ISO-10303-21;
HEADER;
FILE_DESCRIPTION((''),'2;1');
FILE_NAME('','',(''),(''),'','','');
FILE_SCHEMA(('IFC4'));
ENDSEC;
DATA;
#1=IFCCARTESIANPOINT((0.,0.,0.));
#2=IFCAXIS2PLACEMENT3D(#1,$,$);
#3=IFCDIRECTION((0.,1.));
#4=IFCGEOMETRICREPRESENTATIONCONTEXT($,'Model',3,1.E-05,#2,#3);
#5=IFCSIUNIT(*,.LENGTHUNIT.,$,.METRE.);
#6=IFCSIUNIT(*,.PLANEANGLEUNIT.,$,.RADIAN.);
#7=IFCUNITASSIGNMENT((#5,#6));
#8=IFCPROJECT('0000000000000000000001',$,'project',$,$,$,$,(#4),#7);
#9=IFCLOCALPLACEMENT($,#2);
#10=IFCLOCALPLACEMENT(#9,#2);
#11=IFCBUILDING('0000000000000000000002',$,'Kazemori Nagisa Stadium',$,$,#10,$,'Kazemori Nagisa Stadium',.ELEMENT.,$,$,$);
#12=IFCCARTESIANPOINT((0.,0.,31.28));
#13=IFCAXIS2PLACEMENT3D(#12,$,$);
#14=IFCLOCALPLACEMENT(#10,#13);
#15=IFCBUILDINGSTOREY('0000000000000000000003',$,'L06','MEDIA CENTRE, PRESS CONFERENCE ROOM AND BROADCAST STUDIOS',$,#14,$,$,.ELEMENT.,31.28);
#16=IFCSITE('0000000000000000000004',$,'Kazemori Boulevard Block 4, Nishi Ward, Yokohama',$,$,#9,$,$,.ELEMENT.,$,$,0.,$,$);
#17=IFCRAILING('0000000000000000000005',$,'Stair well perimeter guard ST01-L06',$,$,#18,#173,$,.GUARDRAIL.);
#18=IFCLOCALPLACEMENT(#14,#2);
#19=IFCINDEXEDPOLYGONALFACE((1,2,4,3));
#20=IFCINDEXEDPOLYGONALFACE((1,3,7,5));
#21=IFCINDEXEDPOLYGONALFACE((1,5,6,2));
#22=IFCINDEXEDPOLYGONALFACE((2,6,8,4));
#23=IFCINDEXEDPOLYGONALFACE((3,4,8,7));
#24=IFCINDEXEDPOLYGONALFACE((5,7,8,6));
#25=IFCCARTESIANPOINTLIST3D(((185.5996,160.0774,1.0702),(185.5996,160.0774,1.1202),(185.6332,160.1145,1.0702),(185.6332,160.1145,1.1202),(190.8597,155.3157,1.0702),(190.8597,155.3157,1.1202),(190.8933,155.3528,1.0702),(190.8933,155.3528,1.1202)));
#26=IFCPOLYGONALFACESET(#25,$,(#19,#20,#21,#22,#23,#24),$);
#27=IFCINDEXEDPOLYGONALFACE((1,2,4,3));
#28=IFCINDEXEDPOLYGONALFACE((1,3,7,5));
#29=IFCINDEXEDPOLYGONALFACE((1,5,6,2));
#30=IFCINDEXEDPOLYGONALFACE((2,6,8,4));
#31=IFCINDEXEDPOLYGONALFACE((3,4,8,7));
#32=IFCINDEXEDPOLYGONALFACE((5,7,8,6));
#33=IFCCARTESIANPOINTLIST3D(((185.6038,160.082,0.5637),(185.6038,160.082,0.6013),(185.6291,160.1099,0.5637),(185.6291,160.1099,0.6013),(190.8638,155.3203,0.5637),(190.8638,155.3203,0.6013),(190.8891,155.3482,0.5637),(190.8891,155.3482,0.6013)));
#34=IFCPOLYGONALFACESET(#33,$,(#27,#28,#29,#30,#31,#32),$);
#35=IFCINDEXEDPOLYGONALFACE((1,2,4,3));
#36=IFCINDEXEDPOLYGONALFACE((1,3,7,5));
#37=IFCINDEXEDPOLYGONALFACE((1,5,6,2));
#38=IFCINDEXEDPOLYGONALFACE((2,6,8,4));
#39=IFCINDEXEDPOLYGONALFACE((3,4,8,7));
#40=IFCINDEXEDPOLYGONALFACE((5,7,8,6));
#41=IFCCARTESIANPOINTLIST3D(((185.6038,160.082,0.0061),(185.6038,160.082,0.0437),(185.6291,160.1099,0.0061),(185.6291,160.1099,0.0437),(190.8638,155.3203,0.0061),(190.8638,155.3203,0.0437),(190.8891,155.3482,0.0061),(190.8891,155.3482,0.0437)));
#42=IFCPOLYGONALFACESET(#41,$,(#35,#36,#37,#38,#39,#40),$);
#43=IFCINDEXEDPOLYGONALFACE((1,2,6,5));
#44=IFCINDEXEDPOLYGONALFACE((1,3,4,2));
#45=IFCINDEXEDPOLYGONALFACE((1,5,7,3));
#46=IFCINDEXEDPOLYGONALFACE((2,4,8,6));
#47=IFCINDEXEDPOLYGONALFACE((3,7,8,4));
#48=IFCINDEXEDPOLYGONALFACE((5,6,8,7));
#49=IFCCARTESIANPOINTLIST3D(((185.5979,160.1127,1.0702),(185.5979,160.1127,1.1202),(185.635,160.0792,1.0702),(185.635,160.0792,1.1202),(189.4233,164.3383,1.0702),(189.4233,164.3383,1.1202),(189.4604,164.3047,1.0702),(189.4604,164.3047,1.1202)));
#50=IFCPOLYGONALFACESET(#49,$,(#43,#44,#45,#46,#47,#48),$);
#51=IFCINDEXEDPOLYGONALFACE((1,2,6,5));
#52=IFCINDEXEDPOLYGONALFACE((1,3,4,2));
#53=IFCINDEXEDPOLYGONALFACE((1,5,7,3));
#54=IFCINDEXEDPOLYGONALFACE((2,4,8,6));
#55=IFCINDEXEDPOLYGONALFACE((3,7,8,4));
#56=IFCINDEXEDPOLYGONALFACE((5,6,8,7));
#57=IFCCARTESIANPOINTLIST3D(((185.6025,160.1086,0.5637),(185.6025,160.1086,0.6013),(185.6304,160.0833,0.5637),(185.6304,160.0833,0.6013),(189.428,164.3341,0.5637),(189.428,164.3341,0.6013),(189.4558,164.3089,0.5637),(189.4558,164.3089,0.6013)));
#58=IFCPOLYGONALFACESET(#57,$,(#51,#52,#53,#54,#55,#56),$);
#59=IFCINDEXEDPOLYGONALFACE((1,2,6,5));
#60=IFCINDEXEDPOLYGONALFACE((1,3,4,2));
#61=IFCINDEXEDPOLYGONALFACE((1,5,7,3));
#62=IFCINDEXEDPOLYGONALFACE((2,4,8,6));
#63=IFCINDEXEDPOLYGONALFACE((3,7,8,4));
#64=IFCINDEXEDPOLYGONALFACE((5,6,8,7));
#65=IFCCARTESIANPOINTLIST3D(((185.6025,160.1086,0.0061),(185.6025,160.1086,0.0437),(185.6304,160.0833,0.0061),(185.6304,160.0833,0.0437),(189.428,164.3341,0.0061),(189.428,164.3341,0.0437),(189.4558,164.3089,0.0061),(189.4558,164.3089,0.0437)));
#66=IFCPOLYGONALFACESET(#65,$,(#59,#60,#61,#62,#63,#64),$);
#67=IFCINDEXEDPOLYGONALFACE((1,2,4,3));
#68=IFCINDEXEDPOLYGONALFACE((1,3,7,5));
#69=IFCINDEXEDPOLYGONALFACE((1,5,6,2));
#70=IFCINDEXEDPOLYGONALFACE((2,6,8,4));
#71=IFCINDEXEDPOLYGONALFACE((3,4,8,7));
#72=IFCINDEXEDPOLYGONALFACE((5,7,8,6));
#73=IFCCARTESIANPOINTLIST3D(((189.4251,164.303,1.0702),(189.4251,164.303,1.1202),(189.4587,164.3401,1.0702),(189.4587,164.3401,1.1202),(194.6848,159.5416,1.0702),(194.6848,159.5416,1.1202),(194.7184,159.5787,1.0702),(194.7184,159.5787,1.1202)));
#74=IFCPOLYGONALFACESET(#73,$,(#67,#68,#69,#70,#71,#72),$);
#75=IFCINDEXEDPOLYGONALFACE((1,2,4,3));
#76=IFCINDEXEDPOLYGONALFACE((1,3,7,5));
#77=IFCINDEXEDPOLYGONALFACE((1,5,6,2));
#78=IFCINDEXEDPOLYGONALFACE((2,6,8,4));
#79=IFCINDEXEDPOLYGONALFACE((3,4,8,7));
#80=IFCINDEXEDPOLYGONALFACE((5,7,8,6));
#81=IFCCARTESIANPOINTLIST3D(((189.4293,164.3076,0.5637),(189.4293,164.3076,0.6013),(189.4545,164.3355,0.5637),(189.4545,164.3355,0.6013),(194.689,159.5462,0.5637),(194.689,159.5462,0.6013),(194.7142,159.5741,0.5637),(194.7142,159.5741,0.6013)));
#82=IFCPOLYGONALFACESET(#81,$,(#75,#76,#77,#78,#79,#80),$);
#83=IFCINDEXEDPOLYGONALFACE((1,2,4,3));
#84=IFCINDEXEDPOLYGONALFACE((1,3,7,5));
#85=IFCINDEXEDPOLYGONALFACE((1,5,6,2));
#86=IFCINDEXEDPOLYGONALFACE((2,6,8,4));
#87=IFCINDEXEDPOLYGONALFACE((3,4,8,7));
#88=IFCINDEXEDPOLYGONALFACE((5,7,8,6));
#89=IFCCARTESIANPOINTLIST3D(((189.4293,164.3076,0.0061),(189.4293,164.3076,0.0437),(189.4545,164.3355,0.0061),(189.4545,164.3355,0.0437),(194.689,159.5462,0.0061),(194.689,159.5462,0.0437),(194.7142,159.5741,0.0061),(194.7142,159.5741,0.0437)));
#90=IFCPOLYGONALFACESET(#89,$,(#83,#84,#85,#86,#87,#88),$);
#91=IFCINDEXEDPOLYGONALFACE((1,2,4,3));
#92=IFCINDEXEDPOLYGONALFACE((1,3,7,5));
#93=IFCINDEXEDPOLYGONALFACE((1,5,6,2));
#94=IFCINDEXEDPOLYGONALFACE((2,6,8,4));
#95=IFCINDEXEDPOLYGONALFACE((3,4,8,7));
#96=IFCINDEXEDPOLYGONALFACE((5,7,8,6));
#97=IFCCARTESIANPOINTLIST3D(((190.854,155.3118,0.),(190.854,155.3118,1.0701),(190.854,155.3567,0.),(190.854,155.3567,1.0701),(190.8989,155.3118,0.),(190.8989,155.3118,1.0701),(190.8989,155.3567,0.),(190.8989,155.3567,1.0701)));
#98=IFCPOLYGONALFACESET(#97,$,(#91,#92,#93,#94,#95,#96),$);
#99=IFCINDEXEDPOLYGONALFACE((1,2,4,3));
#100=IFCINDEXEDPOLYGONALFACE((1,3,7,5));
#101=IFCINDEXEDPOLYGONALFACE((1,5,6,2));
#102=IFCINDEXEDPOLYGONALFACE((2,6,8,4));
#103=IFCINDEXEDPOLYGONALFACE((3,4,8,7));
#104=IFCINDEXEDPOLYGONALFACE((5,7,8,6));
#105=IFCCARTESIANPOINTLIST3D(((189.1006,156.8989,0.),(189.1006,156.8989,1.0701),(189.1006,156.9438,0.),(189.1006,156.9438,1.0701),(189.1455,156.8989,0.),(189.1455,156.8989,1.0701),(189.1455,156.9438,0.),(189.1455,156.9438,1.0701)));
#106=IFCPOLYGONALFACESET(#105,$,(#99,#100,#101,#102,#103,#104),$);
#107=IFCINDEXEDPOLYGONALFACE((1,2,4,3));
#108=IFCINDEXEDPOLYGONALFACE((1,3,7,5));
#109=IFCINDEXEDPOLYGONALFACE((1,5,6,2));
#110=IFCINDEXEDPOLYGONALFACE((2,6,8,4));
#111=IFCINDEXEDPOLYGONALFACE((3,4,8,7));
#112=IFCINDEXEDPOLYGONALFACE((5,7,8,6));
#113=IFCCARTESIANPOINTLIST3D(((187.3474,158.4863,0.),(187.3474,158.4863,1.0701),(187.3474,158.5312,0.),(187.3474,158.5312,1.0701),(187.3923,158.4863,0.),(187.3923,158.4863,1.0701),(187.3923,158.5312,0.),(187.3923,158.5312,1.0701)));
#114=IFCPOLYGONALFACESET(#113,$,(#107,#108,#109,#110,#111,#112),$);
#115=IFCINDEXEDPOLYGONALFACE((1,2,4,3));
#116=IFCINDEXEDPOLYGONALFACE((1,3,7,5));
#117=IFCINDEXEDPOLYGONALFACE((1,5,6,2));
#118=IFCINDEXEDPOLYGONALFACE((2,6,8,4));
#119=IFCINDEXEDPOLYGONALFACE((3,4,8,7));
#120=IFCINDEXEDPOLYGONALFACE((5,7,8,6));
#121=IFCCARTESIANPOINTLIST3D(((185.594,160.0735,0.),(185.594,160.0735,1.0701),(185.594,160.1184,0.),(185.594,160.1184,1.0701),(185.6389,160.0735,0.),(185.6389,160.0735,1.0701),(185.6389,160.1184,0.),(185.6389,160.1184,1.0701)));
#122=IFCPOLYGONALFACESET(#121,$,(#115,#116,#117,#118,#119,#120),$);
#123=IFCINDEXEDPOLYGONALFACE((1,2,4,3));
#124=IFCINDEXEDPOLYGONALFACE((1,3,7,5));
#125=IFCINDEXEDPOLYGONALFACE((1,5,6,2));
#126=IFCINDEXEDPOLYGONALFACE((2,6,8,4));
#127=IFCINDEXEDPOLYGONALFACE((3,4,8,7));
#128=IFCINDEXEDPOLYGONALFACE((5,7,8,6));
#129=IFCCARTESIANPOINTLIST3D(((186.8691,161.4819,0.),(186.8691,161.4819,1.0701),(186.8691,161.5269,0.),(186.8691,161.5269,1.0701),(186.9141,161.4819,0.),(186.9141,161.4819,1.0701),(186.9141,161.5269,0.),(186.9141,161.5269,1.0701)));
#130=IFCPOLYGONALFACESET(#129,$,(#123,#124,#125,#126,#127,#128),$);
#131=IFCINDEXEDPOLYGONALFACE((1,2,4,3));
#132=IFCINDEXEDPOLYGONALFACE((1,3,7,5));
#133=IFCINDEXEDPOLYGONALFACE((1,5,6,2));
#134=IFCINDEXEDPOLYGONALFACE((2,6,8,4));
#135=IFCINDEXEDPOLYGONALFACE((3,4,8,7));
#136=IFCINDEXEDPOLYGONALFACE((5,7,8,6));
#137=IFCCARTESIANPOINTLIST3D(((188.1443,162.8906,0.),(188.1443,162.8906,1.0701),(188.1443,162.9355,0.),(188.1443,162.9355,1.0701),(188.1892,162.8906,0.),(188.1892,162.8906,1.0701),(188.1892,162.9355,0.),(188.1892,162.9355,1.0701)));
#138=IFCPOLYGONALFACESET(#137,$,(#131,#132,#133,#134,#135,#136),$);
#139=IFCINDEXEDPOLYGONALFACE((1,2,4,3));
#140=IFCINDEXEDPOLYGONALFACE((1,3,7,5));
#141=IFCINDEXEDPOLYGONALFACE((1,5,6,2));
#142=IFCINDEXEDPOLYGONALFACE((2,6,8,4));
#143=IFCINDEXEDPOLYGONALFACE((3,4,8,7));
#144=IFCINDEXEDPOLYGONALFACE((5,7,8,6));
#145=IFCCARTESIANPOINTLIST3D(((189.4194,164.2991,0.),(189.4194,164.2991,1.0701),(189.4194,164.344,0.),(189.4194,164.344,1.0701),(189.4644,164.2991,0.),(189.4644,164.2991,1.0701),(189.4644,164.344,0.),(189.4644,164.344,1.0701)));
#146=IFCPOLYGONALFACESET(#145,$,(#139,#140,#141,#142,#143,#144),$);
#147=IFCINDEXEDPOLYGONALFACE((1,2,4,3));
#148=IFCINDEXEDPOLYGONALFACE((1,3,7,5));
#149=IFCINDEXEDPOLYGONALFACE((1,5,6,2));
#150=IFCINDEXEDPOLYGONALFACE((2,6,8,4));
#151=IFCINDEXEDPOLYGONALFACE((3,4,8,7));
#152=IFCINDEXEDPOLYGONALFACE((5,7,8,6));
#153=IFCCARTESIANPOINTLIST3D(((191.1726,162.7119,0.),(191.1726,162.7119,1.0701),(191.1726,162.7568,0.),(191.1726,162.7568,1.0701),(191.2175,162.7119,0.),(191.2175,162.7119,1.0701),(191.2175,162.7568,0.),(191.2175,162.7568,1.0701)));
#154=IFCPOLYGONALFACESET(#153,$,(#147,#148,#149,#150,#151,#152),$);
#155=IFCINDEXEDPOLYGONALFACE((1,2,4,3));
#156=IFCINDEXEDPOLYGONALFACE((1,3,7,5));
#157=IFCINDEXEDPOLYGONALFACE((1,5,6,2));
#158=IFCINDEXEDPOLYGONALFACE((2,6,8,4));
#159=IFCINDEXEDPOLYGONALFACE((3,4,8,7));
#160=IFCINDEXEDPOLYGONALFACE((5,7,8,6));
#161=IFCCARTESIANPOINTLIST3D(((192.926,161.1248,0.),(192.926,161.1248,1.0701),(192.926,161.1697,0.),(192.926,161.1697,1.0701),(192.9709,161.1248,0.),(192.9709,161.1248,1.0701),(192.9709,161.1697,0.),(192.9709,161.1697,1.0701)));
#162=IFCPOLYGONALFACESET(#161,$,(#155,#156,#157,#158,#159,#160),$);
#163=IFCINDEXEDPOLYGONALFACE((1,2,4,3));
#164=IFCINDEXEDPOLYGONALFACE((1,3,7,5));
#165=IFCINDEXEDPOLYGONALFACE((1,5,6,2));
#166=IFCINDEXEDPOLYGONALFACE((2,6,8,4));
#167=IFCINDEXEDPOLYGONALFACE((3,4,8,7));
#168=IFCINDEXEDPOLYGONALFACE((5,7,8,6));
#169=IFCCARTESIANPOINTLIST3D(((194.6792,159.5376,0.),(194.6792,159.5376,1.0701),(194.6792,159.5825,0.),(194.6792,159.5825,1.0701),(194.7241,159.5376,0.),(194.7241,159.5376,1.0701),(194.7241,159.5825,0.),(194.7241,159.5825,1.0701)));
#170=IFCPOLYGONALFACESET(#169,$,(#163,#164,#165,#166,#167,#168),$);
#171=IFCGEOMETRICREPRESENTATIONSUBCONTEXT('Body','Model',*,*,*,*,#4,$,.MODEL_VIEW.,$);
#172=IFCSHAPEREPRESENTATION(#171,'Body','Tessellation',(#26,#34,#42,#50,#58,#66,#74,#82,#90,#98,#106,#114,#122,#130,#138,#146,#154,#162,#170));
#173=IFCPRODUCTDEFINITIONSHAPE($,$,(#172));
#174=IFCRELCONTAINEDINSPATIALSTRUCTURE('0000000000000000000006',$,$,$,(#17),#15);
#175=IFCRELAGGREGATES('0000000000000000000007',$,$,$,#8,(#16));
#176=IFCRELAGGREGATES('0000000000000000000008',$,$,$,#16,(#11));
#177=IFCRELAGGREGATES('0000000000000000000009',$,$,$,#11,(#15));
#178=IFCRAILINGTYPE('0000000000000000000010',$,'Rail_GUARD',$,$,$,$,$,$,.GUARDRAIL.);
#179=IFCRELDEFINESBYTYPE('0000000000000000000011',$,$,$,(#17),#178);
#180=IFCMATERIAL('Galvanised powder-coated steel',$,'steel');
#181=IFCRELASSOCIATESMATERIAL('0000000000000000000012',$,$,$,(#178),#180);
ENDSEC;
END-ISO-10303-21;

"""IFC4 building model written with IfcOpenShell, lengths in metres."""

from ifc_helpers import new_model, si_unit, direction, frame, origin, origin_2d, place, context, subcontext, project, spatial, rectangle, extrude, material, type_object, element, save


model = new_model("IFC4")

# Units and contexts
model_context = context("Model", 3, precision=1e-05, world=origin(), true_north=direction((0.0, 1.0)))
body_context = subcontext(model_context, "Body", "Model", "MODEL_VIEW")
ifc_project = project(units=[si_unit("LENGTHUNIT", "METRE"), si_unit("PLANEANGLEUNIT", "RADIAN")], contexts=[model_context])

# Site, building, storey
site_placement = place(None, origin())
site = spatial("IfcSite", under=ifc_project, at=site_placement, Name="Kazemori Boulevard Block 4, Nishi Ward, Yokohama", CompositionType="ELEMENT", RefElevation=0.0)
building_placement = place(site_placement, origin())
building = spatial("IfcBuilding", under=site, at=building_placement, Name="Kazemori Nagisa Stadium", LongName="Kazemori Nagisa Stadium", CompositionType="ELEMENT")
storey_placement = place(building_placement, frame((0.0, 0.0, 31.28)))
storey = spatial("IfcBuildingStorey", under=building, at=storey_placement, Name="L06", Description="MEDIA CENTRE, PRESS CONFERENCE ROOM AND BROADCAST STUDIOS", CompositionType="ELEMENT", Elevation=31.28)

# Railing
ifc_material_1 = material(Name="Galvanised powder-coated steel", Category="steel")
railing_type_1 = type_object("IfcRailingType", Name="Rail_GUARD", PredefinedType="GUARDRAIL", material=ifc_material_1)
railing_1_placement = place(storey_placement, frame((190.8765, 155.3342, 0.0)))
element("IfcRailing", 1, at=railing_1_placement, inside=storey, type_object=railing_type_1, Name="Stair well perimeter guard ST01-L06", PredefinedType="GUARDRAIL", context=body_context, shape_type="SweptSolid", body=[
    extrude(rectangle(XDim=0.05, YDim=0.05, at=origin_2d()), frame((0.0, 0.0, 1.0952), z_axis=(-0.741349, 0.67112, 0.0), x_axis=(-0.67112, -0.741349, 0.0)), (0.0, 0.0, 1.0), 7.0952),
    extrude(rectangle(XDim=0.0376, YDim=0.0376, at=origin_2d()), frame((0.0, 0.0, 0.5825), z_axis=(-0.741349, 0.67112, 0.0), x_axis=(-0.67112, -0.741349, 0.0)), (0.0, 0.0, 1.0), 7.0952),
    extrude(rectangle(XDim=0.0376, YDim=0.0376, at=origin_2d()), frame((0.0, 0.0, 0.0249), z_axis=(-0.741349, 0.67112, 0.0), x_axis=(-0.67112, -0.741349, 0.0)), (0.0, 0.0, 1.0), 7.0952),
    extrude(rectangle(XDim=0.05, YDim=0.05, at=origin_2d()), frame((-5.26, 4.7617, 1.0952), z_axis=(0.671134, 0.741336, 0.0), x_axis=(-0.741336, 0.671134, 0.0)), (0.0, 0.0, 1.0), 5.7),
    extrude(rectangle(XDim=0.0376, YDim=0.0376, at=origin_2d()), frame((-5.26, 4.7617, 0.5825), z_axis=(0.671134, 0.741336, 0.0), x_axis=(-0.741336, 0.671134, 0.0)), (0.0, 0.0, 1.0), 5.7),
    extrude(rectangle(XDim=0.0376, YDim=0.0376, at=origin_2d()), frame((-5.26, 4.7617, 0.0249), z_axis=(0.671134, 0.741336, 0.0), x_axis=(-0.741336, 0.671134, 0.0)), (0.0, 0.0, 1.0), 5.7),
    extrude(rectangle(XDim=0.05, YDim=0.05, at=origin_2d()), frame((-1.4346, 8.9873, 1.0952), z_axis=(0.741351, -0.671118, 0.0), x_axis=(0.671118, 0.741351, 0.0)), (0.0, 0.0, 1.0), 7.0947),
    extrude(rectangle(XDim=0.0376, YDim=0.0376, at=origin_2d()), frame((-1.4346, 8.9873, 0.5825), z_axis=(0.741351, -0.671118, 0.0), x_axis=(0.671118, 0.741351, 0.0)), (0.0, 0.0, 1.0), 7.0947),
    extrude(rectangle(XDim=0.0376, YDim=0.0376, at=origin_2d()), frame((-1.4346, 8.9873, 0.0249), z_axis=(0.741351, -0.671118, 0.0), x_axis=(0.671118, 0.741351, 0.0)), (0.0, 0.0, 1.0), 7.0947),
    extrude(rectangle(XDim=0.0449, YDim=0.0449, at=origin_2d()), origin(), (0.0, 0.0, 1.0), 1.0701),
    extrude(rectangle(XDim=0.0449, YDim=0.0449, at=origin_2d()), frame((-1.7534, 1.5872, 0.0)), (0.0, 0.0, 1.0), 1.0701),
    extrude(rectangle(XDim=0.0449, YDim=0.0449, at=origin_2d()), frame((-3.5066, 3.1746, 0.0)), (0.0, 0.0, 1.0), 1.0701),
    extrude(rectangle(XDim=0.0449, YDim=0.0449, at=origin_2d()), frame((-5.26, 4.7617, 0.0)), (0.0, 0.0, 1.0), 1.0701),
    extrude(rectangle(XDim=0.0449, YDim=0.0449, at=origin_2d()), frame((-3.9849, 6.1702, 0.0)), (0.0, 0.0, 1.0), 1.0701),
    extrude(rectangle(XDim=0.0449, YDim=0.0449, at=origin_2d()), frame((-2.7097, 7.5789, 0.0)), (0.0, 0.0, 1.0), 1.0701),
    extrude(rectangle(XDim=0.0449, YDim=0.0449, at=origin_2d()), frame((-1.4346, 8.9873, 0.0)), (0.0, 0.0, 1.0), 1.0701),
    extrude(rectangle(XDim=0.0449, YDim=0.0449, at=origin_2d()), frame((0.3186, 7.4001, 0.0)), (0.0, 0.0, 1.0), 1.0701),
    extrude(rectangle(XDim=0.0449, YDim=0.0449, at=origin_2d()), frame((2.072, 5.813, 0.0)), (0.0, 0.0, 1.0), 1.0701),
    extrude(rectangle(XDim=0.0449, YDim=0.0449, at=origin_2d()), frame((3.8252, 4.2258, 0.0)), (0.0, 0.0, 1.0), 1.0701),
])

save(model, "model.ifc")
